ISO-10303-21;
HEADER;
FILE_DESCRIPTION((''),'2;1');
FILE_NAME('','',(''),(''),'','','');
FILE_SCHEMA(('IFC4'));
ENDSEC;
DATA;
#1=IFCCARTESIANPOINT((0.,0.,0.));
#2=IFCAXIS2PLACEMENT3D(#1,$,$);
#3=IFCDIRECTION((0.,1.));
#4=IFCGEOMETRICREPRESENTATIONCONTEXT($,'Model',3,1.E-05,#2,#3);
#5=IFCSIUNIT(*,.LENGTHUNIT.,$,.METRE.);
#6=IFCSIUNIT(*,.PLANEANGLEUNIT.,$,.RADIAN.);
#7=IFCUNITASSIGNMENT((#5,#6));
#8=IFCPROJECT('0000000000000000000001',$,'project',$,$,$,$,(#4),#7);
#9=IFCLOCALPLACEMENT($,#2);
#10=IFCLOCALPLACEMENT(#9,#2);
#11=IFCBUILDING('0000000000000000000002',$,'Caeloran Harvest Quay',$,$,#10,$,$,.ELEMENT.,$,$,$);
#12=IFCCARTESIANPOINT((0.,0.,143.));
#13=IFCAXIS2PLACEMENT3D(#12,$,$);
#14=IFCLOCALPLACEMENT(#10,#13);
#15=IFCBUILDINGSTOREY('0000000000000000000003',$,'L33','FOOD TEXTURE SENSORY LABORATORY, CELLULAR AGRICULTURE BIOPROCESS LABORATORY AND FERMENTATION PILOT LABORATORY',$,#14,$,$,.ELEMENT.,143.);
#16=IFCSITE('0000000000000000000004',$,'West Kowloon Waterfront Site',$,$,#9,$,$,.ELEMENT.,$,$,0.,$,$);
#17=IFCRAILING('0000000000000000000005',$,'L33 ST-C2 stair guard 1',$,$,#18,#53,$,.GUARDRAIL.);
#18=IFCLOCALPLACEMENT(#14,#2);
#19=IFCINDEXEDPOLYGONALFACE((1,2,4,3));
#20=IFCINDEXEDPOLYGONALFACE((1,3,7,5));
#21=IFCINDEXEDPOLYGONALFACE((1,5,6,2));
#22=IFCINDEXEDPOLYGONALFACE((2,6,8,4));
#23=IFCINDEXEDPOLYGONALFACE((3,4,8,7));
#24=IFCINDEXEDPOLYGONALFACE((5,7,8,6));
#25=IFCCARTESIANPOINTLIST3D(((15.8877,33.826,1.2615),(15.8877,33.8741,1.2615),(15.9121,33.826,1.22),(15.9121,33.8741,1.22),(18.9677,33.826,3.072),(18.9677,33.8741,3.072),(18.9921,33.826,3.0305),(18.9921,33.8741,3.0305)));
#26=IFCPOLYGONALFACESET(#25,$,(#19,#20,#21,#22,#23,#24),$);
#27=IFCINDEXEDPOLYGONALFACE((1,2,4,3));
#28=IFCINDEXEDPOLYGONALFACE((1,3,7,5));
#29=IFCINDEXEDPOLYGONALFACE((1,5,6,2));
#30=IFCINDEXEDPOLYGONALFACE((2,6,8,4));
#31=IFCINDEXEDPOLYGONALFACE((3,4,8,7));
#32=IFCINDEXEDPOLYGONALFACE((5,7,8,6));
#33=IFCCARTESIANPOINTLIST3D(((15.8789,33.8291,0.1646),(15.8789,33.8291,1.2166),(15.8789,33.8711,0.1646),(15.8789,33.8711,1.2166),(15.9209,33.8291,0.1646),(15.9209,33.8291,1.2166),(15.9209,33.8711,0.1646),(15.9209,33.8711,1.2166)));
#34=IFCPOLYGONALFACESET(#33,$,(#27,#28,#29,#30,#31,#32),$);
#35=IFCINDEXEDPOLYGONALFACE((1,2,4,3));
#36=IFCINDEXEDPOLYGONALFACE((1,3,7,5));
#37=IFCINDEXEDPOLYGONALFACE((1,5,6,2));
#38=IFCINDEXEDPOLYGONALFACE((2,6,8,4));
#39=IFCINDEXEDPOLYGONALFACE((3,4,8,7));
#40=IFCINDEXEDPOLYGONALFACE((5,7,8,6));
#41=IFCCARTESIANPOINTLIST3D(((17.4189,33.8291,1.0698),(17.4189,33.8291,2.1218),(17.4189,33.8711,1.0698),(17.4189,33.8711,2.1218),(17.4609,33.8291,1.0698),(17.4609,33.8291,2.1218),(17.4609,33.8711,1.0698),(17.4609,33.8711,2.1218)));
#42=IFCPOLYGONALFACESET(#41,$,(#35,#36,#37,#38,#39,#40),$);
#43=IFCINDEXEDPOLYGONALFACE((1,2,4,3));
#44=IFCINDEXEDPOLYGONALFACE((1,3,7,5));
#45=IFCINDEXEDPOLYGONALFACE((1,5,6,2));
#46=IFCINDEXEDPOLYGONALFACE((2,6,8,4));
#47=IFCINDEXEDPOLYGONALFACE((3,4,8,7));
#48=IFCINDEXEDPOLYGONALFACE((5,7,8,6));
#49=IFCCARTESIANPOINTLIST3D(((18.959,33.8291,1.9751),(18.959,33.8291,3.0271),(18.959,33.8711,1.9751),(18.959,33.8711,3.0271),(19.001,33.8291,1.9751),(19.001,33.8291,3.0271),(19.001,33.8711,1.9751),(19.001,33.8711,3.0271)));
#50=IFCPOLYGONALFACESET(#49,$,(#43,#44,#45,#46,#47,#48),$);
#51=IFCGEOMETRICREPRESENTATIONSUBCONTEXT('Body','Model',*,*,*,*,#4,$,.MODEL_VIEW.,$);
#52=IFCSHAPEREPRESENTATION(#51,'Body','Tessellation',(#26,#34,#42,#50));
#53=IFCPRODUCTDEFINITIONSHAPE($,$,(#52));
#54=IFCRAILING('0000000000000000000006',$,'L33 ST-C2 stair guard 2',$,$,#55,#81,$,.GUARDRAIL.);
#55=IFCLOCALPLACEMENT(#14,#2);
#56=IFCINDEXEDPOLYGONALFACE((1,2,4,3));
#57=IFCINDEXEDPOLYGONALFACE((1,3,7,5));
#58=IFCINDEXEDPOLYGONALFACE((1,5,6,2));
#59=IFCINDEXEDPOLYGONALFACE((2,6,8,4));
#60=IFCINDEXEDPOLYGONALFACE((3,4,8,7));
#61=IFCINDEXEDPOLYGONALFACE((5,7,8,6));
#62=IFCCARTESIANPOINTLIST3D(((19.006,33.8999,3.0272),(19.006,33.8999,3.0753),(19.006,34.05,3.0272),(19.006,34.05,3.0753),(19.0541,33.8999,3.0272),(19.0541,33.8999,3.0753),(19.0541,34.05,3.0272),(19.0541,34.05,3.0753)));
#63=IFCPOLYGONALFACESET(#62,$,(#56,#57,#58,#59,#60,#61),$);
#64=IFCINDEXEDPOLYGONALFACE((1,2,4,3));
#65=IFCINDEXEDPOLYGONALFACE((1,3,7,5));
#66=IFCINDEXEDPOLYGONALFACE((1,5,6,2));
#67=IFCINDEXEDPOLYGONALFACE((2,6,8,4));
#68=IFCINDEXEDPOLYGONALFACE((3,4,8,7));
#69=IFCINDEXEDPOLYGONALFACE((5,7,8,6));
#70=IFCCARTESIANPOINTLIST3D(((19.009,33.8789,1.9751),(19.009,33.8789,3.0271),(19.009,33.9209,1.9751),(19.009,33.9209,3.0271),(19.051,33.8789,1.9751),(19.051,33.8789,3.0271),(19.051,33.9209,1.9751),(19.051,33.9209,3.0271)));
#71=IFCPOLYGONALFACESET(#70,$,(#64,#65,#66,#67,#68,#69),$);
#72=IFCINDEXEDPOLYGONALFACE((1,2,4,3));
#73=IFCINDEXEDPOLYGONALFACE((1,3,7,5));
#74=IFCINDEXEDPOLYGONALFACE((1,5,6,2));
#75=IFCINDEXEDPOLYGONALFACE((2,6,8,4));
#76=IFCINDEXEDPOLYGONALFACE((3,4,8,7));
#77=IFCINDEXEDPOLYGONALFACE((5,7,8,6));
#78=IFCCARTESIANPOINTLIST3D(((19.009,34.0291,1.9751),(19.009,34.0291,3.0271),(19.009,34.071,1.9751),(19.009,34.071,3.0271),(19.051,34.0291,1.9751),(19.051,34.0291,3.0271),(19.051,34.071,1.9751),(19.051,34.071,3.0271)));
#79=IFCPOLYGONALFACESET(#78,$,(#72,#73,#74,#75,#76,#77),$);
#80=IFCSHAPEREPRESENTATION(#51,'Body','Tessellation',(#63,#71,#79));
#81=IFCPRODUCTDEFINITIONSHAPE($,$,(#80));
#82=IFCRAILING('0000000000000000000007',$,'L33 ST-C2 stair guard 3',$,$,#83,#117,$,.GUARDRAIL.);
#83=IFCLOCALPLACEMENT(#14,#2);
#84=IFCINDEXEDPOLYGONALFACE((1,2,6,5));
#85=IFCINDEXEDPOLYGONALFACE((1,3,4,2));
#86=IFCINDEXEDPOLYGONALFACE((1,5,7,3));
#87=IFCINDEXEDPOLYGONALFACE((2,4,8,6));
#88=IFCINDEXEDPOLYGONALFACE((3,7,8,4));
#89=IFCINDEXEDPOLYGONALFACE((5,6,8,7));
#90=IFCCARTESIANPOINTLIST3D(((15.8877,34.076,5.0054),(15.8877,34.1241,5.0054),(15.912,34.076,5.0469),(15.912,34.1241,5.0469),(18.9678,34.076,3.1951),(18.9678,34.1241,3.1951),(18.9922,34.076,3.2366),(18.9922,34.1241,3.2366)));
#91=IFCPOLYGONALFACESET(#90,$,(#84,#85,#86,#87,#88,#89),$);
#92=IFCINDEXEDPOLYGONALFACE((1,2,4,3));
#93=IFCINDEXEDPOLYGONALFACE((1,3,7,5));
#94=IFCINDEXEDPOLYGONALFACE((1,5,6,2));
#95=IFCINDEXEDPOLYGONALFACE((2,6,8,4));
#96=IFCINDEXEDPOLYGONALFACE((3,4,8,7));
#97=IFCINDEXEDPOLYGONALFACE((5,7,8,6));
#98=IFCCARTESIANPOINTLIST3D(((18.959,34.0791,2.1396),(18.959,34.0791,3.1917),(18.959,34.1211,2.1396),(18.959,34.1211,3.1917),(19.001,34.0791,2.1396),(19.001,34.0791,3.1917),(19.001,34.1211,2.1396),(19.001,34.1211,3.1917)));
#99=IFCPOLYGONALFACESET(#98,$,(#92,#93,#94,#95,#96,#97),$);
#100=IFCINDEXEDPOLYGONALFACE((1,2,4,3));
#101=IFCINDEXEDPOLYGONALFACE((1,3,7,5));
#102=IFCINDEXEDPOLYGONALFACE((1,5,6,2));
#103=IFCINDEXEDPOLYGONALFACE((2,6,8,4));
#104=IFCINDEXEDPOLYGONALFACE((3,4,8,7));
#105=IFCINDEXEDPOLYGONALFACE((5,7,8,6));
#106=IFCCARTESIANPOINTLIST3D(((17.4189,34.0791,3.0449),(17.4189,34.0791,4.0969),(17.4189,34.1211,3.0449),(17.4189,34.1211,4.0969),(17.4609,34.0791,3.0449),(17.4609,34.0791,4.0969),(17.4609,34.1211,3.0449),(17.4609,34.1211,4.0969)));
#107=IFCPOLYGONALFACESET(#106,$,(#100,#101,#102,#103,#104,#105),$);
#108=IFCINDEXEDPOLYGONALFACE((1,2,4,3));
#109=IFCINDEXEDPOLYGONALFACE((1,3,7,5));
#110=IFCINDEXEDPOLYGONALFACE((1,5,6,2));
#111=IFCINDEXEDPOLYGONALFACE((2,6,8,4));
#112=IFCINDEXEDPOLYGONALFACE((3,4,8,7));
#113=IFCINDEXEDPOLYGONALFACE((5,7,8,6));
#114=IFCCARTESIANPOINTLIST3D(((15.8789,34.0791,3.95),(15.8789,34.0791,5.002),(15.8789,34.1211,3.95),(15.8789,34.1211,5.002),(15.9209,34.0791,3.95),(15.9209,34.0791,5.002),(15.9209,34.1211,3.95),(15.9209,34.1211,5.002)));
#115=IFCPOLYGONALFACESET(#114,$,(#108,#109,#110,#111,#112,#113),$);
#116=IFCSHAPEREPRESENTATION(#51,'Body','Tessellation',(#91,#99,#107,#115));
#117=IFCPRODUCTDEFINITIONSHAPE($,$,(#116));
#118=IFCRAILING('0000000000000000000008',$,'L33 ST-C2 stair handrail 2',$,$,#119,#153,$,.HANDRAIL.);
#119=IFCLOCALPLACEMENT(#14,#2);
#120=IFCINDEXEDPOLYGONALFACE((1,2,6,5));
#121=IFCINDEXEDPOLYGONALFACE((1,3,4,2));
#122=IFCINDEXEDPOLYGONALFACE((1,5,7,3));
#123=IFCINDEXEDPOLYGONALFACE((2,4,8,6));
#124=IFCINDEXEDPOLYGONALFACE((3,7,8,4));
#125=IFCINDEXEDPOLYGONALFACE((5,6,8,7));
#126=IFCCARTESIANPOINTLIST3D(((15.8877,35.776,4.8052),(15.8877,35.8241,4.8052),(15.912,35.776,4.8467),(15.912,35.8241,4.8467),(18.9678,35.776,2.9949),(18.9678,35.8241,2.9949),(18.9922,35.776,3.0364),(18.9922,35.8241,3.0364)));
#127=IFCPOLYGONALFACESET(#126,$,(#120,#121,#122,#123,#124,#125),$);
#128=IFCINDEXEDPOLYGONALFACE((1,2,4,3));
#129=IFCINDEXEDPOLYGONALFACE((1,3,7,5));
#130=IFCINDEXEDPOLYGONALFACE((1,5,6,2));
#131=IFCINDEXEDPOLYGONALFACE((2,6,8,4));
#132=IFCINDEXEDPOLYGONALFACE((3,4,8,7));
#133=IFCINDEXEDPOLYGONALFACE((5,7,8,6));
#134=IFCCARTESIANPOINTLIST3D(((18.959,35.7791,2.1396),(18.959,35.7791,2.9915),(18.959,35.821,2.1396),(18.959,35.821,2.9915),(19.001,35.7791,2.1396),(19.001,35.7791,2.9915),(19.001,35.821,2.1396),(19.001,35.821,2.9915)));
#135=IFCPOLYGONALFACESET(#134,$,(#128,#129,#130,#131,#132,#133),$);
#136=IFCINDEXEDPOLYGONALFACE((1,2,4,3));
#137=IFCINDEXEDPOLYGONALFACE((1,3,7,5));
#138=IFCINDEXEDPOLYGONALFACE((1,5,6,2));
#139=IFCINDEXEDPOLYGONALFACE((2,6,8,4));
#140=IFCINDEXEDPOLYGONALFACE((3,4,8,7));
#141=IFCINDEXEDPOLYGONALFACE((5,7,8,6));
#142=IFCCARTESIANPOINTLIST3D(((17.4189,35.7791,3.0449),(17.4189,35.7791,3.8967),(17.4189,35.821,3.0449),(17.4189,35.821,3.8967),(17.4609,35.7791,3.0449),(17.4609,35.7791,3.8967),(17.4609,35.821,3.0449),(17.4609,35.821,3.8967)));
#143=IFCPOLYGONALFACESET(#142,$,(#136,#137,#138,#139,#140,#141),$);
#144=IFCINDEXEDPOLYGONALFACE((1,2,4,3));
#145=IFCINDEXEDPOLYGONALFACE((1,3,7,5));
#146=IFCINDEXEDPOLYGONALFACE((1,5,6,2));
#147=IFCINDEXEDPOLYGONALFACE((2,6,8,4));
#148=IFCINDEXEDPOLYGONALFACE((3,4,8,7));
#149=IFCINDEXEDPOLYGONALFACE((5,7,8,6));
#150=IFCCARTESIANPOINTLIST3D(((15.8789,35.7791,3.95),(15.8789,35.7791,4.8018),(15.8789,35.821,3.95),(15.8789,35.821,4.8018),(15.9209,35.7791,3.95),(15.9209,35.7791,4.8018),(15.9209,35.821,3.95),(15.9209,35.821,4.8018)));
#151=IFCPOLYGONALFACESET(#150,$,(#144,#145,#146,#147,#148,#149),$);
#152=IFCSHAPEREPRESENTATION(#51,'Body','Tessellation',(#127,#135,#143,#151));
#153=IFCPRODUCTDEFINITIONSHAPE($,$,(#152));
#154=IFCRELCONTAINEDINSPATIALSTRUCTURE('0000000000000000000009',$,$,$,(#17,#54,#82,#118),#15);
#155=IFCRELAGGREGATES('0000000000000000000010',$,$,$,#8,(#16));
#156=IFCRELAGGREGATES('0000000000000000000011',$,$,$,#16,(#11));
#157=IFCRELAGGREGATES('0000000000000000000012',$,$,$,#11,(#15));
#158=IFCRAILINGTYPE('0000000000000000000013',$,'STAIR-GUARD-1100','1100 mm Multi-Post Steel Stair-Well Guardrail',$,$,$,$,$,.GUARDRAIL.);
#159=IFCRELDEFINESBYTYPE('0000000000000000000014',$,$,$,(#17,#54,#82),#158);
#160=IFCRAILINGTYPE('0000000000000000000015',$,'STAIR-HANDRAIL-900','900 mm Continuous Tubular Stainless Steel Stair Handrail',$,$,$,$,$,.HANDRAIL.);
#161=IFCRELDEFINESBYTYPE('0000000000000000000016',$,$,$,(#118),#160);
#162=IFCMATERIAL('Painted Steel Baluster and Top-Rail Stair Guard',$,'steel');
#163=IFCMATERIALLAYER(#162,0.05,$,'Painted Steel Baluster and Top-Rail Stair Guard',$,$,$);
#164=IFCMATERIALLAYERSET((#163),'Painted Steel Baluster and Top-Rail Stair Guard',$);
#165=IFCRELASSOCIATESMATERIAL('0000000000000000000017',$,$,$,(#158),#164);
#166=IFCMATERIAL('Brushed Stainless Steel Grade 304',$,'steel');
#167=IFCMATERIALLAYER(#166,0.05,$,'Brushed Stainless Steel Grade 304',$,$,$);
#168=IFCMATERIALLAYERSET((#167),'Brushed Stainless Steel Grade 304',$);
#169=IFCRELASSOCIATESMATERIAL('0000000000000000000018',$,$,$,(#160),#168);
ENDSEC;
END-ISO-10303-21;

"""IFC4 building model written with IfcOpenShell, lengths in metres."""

from ifc_helpers import new_model, si_unit, direction, frame, origin, origin_2d, place, context, subcontext, project, spatial, rectangle, extrude, material, layer, layer_set, type_object, element, save


model = new_model("IFC4")

# Units and contexts
model_context = context("Model", 3, precision=1e-05, world=origin(), true_north=direction((0.0, 1.0)))
body_context = subcontext(model_context, "Body", "Model", "MODEL_VIEW")
ifc_project = project(units=[si_unit("LENGTHUNIT", "METRE"), si_unit("PLANEANGLEUNIT", "RADIAN")], contexts=[model_context])

# Site, building, storey
site_placement = place(None, origin())
site = spatial("IfcSite", under=ifc_project, at=site_placement, Name="West Kowloon Waterfront Site", CompositionType="ELEMENT", RefElevation=0.0)
building_placement = place(site_placement, origin())
building = spatial("IfcBuilding", under=site, at=building_placement, Name="Caeloran Harvest Quay", CompositionType="ELEMENT")
storey_placement = place(building_placement, frame((0.0, 0.0, 143.0)))
storey = spatial("IfcBuildingStorey", under=building, at=storey_placement, Name="L33", Description="FOOD TEXTURE SENSORY LABORATORY, CELLULAR AGRICULTURE BIOPROCESS LABORATORY AND FERMENTATION PILOT LABORATORY", CompositionType="ELEMENT", Elevation=143.0)

# Railings
ifc_material_1 = material(Name="Painted Steel Baluster and Top-Rail Stair Guard", Category="steel")
ifc_layer_1 = layer(ifc_material_1, 0.05, Name="Painted Steel Baluster and Top-Rail Stair Guard")
ifc_layer_set_1 = layer_set([ifc_layer_1], Name="Painted Steel Baluster and Top-Rail Stair Guard")
railing_type_1 = type_object("IfcRailingType", Name="STAIR-GUARD-1100", Description="1100 mm Multi-Post Steel Stair-Well Guardrail", PredefinedType="GUARDRAIL", material=ifc_layer_set_1)
railing_1_placement = place(storey_placement, frame((15.8999, 33.8501, 0.1646)))
element("IfcRailing", 1, at=railing_1_placement, inside=storey, type_object=railing_type_1, Name="L33 ST-C2 stair guard 1", PredefinedType="GUARDRAIL", context=body_context, shape_type="SweptSolid", body=[
    extrude(rectangle(XDim=0.0481, YDim=0.0481, at=origin_2d()), frame((0.0, 0.0, 1.0762), z_axis=(0.862089, 0.0, 0.506757), x_axis=(0.0, 1.0, 0.0)), (0.0, 0.0, 1.0), 3.5728),
    extrude(rectangle(XDim=0.042, YDim=0.042, at=origin_2d()), origin(), (0.0, 0.0, 1.0), 1.052),
    extrude(rectangle(XDim=0.042, YDim=0.042, at=origin_2d()), frame((1.54, 0.0, 0.9053)), (0.0, 0.0, 1.0), 1.052),
    extrude(rectangle(XDim=0.042, YDim=0.042, at=origin_2d()), frame((3.0801, 0.0, 1.8105)), (0.0, 0.0, 1.0), 1.052),
])
railing_2_placement = place(storey_placement, frame((19.03, 33.8999, 1.9751)))
element("IfcRailing", 2, at=railing_2_placement, inside=storey, type_object=railing_type_1, Name="L33 ST-C2 stair guard 2", PredefinedType="GUARDRAIL", context=body_context, shape_type="SweptSolid", body=[
    extrude(rectangle(XDim=0.0481, YDim=0.0481, at=origin_2d()), frame((0.0, 0.0, 1.0762), z_axis=(0.0, 1.0, 0.0), x_axis=(-1.0, 0.0, 0.0)), (0.0, 0.0, 1.0), 0.1501),
    extrude(rectangle(XDim=0.042, YDim=0.042, at=origin_2d()), origin(), (0.0, 0.0, 1.0), 1.052),
    extrude(rectangle(XDim=0.042, YDim=0.042, at=origin_2d()), frame((0.0, 0.1501, 0.0)), (0.0, 0.0, 1.0), 1.052),
])
railing_3_placement = place(storey_placement, frame((18.98, 34.1001, 2.1396)))
element("IfcRailing", 3, at=railing_3_placement, inside=storey, type_object=railing_type_1, Name="L33 ST-C2 stair guard 3", PredefinedType="GUARDRAIL", context=body_context, shape_type="SweptSolid", body=[
    extrude(rectangle(XDim=0.0481, YDim=0.0481, at=origin_2d()), frame((0.0, 0.0, 1.0762), z_axis=(-0.862119, 0.0, 0.506707), x_axis=(0.0, -1.0, 0.0)), (0.0, 0.0, 1.0), 3.5728),
    extrude(rectangle(XDim=0.042, YDim=0.042, at=origin_2d()), origin(), (0.0, 0.0, 1.0), 1.052),
    extrude(rectangle(XDim=0.042, YDim=0.042, at=origin_2d()), frame((-1.54, 0.0, 0.9053)), (0.0, 0.0, 1.0), 1.052),
    extrude(rectangle(XDim=0.042, YDim=0.042, at=origin_2d()), frame((-3.0801, 0.0, 1.8103)), (0.0, 0.0, 1.0), 1.052),
])
ifc_material_2 = material(Name="Brushed Stainless Steel Grade 304", Category="steel")
ifc_layer_2 = layer(ifc_material_2, 0.05, Name="Brushed Stainless Steel Grade 304")
ifc_layer_set_2 = layer_set([ifc_layer_2], Name="Brushed Stainless Steel Grade 304")
railing_type_2 = type_object("IfcRailingType", Name="STAIR-HANDRAIL-900", Description="900 mm Continuous Tubular Stainless Steel Stair Handrail", PredefinedType="HANDRAIL", material=ifc_layer_set_2)
railing_4_placement = place(storey_placement, frame((18.98, 35.8, 2.1396)))
element("IfcRailing", 4, at=railing_4_placement, inside=storey, type_object=railing_type_2, Name="L33 ST-C2 stair handrail 2", PredefinedType="HANDRAIL", context=body_context, shape_type="SweptSolid", body=[
    extrude(rectangle(XDim=0.0481, YDim=0.0481, at=origin_2d()), frame((0.0, 0.0, 0.876), z_axis=(-0.862119, 0.0, 0.506707), x_axis=(0.0, -1.0, 0.0)), (0.0, 0.0, 1.0), 3.5728),
    extrude(rectangle(XDim=0.042, YDim=0.042, at=origin_2d()), origin(), (0.0, 0.0, 1.0), 0.8518),
    extrude(rectangle(XDim=0.042, YDim=0.042, at=origin_2d()), frame((-1.54, 0.0, 0.9053)), (0.0, 0.0, 1.0), 0.8518),
    extrude(rectangle(XDim=0.042, YDim=0.042, at=origin_2d()), frame((-3.0801, 0.0, 1.8103)), (0.0, 0.0, 1.0), 0.8518),
])

save(model, "model.ifc")
